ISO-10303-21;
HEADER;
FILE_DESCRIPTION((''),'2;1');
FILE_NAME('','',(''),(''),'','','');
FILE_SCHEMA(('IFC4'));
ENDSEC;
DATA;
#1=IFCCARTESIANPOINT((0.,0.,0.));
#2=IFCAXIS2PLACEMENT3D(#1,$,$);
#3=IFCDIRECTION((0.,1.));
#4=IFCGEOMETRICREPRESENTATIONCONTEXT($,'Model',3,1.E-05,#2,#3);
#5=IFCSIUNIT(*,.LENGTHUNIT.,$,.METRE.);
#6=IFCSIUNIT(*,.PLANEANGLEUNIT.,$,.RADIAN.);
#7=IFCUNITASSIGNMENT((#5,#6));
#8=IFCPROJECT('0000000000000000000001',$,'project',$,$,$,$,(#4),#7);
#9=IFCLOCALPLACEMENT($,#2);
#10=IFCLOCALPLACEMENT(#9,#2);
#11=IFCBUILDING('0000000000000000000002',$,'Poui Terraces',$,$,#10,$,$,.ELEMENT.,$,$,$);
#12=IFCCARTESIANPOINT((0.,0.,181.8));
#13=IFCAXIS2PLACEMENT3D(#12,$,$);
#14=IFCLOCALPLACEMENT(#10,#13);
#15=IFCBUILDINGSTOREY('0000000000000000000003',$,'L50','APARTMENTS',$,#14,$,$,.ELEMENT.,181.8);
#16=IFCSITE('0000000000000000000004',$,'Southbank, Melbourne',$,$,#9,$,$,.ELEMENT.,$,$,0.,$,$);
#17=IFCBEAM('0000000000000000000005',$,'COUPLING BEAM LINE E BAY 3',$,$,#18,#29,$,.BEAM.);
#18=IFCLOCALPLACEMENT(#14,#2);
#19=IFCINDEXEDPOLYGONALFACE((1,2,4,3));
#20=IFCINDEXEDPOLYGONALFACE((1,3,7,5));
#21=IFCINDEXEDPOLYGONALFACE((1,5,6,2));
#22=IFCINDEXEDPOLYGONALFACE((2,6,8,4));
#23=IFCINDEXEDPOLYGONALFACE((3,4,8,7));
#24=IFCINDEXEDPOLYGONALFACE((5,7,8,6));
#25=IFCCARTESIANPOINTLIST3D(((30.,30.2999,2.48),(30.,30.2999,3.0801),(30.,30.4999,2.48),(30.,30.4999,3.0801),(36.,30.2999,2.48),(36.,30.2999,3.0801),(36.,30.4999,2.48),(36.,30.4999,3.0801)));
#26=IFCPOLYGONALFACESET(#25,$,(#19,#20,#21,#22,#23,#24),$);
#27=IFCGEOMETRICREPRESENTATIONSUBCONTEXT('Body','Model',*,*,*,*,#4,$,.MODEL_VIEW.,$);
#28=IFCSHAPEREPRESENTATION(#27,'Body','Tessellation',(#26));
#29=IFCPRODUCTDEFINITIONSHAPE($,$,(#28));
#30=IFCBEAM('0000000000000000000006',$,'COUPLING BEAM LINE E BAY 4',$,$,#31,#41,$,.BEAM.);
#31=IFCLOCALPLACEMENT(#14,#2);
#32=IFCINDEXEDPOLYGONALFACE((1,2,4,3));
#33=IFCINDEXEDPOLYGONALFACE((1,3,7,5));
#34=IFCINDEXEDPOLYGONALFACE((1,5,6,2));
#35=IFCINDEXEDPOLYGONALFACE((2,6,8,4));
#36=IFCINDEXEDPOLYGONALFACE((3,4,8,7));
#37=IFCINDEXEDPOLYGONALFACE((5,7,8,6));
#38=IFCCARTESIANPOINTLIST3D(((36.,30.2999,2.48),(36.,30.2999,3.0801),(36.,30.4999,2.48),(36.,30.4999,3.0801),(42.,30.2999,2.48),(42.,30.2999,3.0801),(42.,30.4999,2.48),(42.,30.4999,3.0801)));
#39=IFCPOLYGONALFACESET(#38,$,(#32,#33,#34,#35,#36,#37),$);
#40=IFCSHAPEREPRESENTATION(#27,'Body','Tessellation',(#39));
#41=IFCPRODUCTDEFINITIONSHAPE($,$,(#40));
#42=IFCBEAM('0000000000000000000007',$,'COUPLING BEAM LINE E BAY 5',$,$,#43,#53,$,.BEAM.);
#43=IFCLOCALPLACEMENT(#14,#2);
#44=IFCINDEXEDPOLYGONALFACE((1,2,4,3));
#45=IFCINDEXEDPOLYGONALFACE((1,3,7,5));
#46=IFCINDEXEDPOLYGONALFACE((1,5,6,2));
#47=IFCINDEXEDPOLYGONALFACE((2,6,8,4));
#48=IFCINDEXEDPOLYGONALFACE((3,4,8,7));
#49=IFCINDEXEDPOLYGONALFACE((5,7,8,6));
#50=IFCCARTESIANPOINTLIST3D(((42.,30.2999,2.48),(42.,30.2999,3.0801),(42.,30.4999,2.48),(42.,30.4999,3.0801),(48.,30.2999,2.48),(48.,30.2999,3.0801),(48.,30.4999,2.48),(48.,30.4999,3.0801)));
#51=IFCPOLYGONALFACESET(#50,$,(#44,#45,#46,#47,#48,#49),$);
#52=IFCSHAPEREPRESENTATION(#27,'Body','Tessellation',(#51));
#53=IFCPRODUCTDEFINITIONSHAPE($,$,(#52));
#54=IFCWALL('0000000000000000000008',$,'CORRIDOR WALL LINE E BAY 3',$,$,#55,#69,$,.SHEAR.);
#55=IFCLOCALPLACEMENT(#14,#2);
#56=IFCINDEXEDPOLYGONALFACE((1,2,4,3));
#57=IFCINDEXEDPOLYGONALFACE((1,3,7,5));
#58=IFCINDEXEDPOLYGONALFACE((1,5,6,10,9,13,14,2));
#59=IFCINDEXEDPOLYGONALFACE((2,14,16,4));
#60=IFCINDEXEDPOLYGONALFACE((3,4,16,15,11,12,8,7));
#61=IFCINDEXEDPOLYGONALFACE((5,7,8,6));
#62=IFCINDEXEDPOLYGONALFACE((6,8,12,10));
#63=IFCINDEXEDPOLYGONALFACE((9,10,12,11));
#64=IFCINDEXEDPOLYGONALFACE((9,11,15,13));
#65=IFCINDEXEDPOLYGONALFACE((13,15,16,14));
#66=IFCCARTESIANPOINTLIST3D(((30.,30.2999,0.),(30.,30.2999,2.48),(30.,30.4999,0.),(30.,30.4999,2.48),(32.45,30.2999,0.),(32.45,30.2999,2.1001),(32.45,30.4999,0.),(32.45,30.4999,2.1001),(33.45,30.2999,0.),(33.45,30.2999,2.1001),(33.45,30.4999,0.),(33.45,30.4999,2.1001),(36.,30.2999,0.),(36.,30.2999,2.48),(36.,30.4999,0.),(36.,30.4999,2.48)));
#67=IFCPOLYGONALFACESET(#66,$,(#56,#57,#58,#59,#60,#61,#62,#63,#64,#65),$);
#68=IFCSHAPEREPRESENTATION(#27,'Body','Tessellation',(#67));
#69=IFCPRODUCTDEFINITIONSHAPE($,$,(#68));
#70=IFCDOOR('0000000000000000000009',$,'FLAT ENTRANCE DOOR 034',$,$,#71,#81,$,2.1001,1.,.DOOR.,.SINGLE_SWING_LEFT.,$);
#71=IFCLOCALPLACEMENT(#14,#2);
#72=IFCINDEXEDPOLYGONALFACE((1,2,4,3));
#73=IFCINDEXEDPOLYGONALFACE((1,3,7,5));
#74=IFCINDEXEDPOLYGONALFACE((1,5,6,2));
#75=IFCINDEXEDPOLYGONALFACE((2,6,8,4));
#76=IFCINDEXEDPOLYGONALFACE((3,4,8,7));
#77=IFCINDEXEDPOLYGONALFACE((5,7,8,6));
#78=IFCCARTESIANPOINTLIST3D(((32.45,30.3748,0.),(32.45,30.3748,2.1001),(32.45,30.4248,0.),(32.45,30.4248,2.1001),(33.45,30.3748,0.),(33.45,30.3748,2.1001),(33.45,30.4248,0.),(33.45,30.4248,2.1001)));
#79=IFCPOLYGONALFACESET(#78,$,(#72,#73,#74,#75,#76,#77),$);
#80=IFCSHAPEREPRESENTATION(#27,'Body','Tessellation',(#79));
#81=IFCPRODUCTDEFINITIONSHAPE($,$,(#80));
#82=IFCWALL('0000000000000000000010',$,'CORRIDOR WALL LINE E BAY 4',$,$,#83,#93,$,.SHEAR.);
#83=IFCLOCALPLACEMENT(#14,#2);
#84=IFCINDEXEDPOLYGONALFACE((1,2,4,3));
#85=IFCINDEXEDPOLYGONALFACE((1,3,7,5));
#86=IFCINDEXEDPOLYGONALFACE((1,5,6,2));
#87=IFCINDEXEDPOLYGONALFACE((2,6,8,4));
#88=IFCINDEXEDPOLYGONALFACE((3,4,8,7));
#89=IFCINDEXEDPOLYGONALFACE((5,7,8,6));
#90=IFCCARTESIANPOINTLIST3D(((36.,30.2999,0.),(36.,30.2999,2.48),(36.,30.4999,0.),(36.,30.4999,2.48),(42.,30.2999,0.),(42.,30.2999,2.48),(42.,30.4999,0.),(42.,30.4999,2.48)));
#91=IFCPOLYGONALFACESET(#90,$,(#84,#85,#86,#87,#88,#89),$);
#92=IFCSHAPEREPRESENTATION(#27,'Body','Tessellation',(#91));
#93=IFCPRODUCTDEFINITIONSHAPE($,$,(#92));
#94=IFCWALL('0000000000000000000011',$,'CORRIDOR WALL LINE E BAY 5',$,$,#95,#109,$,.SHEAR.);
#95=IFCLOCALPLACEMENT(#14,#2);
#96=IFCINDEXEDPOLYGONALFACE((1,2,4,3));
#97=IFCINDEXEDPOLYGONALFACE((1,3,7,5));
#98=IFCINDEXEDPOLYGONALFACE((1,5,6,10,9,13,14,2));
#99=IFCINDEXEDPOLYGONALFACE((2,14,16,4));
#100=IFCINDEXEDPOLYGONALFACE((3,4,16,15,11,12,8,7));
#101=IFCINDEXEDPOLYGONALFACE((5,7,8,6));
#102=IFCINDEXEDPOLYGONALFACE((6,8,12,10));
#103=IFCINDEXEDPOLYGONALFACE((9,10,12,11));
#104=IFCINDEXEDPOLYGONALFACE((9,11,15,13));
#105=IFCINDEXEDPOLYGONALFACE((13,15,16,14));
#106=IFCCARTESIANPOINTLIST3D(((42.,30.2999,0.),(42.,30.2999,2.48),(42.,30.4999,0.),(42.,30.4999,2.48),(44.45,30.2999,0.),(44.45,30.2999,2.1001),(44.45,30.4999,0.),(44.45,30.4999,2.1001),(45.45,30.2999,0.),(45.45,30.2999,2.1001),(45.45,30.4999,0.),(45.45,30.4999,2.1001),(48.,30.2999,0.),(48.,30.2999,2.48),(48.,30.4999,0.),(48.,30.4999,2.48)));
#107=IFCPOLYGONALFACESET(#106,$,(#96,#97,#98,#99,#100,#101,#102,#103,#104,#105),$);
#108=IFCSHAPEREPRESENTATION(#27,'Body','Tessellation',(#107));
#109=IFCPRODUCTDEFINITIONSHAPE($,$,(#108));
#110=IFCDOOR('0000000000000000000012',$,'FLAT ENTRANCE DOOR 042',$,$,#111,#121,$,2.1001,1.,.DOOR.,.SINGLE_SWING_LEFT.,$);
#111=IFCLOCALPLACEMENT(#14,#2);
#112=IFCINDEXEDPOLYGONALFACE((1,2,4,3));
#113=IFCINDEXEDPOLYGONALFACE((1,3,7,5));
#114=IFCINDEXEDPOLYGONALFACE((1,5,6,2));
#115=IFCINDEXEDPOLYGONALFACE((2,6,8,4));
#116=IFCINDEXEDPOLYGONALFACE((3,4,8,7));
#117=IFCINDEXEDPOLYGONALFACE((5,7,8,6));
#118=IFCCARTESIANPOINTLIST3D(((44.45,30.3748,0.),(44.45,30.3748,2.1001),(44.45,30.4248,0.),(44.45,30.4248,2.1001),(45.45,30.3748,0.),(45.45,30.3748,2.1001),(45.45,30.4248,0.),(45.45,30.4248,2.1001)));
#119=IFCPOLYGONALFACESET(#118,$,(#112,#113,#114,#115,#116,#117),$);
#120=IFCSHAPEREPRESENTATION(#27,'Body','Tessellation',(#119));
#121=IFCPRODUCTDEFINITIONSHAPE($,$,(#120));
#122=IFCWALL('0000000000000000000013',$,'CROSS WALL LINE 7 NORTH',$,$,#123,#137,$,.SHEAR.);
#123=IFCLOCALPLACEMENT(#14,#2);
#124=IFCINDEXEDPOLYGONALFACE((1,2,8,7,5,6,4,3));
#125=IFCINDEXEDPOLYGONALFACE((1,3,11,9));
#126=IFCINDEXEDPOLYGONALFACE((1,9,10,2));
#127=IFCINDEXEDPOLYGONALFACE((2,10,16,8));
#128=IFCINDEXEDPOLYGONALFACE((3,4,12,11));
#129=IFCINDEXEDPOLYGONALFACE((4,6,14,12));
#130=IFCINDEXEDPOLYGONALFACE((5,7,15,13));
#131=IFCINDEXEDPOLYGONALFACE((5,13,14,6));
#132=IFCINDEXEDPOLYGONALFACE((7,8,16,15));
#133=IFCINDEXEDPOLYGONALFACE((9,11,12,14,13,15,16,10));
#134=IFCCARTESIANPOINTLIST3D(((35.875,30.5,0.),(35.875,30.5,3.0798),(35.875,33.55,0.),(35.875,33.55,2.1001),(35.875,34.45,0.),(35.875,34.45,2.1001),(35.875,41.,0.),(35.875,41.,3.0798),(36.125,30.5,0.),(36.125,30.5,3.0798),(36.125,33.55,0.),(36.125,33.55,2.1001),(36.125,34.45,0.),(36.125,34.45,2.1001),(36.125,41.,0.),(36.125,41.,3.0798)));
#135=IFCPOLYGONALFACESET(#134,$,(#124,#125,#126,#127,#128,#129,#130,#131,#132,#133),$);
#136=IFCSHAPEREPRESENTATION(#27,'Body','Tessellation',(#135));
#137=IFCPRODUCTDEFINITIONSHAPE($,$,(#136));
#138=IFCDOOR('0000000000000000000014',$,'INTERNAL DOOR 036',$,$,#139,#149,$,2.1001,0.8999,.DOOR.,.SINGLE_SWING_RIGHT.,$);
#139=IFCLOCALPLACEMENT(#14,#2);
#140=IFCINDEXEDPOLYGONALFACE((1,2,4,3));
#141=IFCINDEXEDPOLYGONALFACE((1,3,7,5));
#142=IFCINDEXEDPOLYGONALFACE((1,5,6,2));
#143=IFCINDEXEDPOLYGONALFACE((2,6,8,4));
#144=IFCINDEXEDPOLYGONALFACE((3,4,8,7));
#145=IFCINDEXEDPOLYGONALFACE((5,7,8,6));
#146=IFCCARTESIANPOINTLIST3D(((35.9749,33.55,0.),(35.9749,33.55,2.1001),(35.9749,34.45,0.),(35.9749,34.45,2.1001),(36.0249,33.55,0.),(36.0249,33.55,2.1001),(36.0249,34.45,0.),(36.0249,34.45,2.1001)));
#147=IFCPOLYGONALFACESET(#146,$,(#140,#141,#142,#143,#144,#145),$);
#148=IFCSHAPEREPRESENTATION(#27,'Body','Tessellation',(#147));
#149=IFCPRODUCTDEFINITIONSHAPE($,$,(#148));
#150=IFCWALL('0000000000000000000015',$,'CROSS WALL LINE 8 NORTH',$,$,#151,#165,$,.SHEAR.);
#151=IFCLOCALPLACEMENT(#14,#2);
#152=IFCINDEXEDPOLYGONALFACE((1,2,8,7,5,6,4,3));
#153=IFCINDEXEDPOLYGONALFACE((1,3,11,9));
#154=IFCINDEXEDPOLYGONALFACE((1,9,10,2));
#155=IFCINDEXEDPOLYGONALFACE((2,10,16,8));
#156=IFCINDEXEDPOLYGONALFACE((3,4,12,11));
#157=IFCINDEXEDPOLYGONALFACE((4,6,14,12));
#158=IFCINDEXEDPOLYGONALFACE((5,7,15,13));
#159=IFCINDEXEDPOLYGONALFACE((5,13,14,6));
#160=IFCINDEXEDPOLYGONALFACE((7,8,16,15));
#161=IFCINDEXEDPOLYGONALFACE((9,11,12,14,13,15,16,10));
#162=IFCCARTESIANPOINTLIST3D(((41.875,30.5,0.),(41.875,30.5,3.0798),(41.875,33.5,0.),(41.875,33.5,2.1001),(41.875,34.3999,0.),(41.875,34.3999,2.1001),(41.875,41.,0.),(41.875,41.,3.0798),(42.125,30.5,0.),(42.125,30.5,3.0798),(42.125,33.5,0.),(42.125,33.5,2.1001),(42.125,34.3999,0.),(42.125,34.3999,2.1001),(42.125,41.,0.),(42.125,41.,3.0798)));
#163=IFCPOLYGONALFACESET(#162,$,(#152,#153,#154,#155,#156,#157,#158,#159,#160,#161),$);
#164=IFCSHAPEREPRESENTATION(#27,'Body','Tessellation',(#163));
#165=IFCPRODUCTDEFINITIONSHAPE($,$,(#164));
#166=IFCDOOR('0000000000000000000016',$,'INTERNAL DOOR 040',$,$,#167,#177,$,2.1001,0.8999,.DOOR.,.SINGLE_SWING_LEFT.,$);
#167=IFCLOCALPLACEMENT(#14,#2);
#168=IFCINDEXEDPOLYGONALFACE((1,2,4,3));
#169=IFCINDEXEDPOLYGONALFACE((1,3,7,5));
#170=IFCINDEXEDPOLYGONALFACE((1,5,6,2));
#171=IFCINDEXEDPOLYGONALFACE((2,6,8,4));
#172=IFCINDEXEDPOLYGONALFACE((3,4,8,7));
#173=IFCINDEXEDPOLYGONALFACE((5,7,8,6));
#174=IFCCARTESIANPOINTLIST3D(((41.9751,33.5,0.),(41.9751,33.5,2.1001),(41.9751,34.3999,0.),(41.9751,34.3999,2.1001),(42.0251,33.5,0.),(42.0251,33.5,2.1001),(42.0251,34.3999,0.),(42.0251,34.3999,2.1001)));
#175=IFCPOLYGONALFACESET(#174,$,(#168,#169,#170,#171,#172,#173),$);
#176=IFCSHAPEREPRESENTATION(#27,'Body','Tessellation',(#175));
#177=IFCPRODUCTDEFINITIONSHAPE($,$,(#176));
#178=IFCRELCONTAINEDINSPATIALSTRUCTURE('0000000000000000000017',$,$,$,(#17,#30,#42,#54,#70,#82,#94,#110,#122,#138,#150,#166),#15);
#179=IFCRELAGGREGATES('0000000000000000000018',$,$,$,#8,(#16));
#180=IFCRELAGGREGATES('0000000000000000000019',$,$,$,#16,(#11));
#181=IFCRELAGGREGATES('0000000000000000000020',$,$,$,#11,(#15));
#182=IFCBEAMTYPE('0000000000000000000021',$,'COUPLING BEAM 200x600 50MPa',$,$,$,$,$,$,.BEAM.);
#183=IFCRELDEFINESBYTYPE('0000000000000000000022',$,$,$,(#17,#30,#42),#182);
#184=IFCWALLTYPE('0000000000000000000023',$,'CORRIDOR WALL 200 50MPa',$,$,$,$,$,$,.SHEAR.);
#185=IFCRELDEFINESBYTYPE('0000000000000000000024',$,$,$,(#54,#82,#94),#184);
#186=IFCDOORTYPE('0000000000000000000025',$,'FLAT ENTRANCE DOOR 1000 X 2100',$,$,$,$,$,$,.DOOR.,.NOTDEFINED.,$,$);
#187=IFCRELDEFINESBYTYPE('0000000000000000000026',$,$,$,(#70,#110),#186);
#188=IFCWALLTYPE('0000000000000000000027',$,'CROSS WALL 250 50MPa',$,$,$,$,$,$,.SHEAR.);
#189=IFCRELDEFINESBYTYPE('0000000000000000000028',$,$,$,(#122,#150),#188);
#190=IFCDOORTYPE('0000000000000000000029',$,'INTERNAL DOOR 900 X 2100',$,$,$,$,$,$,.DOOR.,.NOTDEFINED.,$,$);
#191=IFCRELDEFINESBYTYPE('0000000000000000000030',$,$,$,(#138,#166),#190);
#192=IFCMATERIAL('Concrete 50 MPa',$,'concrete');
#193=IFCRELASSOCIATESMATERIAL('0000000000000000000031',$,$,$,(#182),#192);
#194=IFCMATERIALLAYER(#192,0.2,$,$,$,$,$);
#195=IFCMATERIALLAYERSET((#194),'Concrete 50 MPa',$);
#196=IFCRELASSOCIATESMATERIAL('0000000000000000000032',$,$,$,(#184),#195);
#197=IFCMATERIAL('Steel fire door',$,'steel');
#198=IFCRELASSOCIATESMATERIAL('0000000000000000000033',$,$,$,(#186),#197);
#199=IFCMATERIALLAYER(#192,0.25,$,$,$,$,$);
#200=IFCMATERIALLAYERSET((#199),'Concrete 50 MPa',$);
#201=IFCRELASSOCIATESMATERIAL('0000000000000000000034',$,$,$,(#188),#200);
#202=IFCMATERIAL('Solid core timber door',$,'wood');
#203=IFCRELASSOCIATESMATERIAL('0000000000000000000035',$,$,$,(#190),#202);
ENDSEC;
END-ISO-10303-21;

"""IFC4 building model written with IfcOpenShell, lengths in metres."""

from ifc_helpers import new_model, si_unit, direction, frame, frame_2d, origin, origin_2d, place, context, subcontext, project, spatial, rectangle, extrude, source, transform, mapped, material, layer, layer_set, material_profile, profile_set, type_object, element, fill, save


model = new_model("IFC4")

# Units and contexts
model_context = context("Model", 3, precision=1e-05, world=origin(), true_north=direction((0.0, 1.0)))
body_context = subcontext(model_context, "Body", "Model", "MODEL_VIEW")
ifc_project = project(units=[si_unit("LENGTHUNIT", "METRE"), si_unit("PLANEANGLEUNIT", "RADIAN")], contexts=[model_context])

# Site, building, storey
site_placement = place(None, origin())
site = spatial("IfcSite", under=ifc_project, at=site_placement, Name="Southbank, Melbourne", CompositionType="ELEMENT", RefElevation=0.0)
building_placement = place(site_placement, origin())
building = spatial("IfcBuilding", under=site, at=building_placement, Name="Poui Terraces", CompositionType="ELEMENT")
storey_placement = place(building_placement, frame((0.0, 0.0, 181.8)))
storey = spatial("IfcBuildingStorey", under=building, at=storey_placement, Name="L50", Description="APARTMENTS", CompositionType="ELEMENT", Elevation=181.8)

# Beams
ifc_material_1 = material(Name="Concrete 50 MPa", Category="concrete")
ifc_material_profile = material_profile(ifc_material_1, rectangle(XDim=0.2, YDim=0.6001, at=origin_2d()), Name="RC 200x600")
ifc_profile_set = profile_set([ifc_material_profile], Name="Concrete 50 MPa")
beam_type = type_object("IfcBeamType", Name="COUPLING BEAM 200x600 50MPa", PredefinedType="BEAM", material=ifc_profile_set)
shared_shape = source(origin(), body_context, "Body", "SweptSolid", [
    extrude(rectangle(XDim=0.2, YDim=0.6001, at=origin_2d()), origin(), (0.0, 0.0, 1.0), 6.0),
])
for number, where, z_axis, x_axis, name in (
    (1, (30.0, 30.3999, 2.78), (1.0, 0.0, 0.0), (0.0, 1.0, 0.0), "COUPLING BEAM LINE E BAY 3"),
    (2, (36.0, 30.3999, 2.78), (1.0, 0.0, 0.0), (0.0, 1.0, 0.0), "COUPLING BEAM LINE E BAY 4"),
    (3, (42.0, 30.3999, 2.78), (1.0, 0.0, 0.0), (0.0, 1.0, 0.0), "COUPLING BEAM LINE E BAY 5"),
):
    element("IfcBeam", number, at=place(storey_placement, frame(where, z_axis=z_axis, x_axis=x_axis)), inside=storey, type_object=beam_type, Name=name, PredefinedType="BEAM", context=body_context, shape_type="MappedRepresentation", body=[
        mapped(shared_shape, transform((0.0, 0.0, 0.0))),
    ])

# Wall, opening, door
ifc_layer_1 = layer(ifc_material_1, 0.2)
ifc_layer_set_1 = layer_set([ifc_layer_1], Name="Concrete 50 MPa")
wall_type_1 = type_object("IfcWallType", Name="CORRIDOR WALL 200 50MPa", PredefinedType="SHEAR", material=ifc_layer_set_1)
wall_1_placement = place(storey_placement, frame((30.0, 30.3999, 0.0), z_axis=(0.0, 0.0, 1.0), x_axis=(1.0, 0.0, 0.0)))
wall_1 = element("IfcWall", 4, at=wall_1_placement, inside=storey, type_object=wall_type_1, Name="CORRIDOR WALL LINE E BAY 3", PredefinedType="SHEAR", context=body_context, shape_type="SweptSolid", body=[
    extrude(rectangle(XDim=6.0, YDim=0.2, at=frame_2d((3.0, 0.0))), origin(), (0.0, 0.0, 1.0), 2.48),
])
opening_1_placement = place(wall_1_placement, frame((2.45, 0.0, 0.0)))
opening_1 = element("IfcOpeningElement", 5, at=opening_1_placement, cuts=wall_1, PredefinedType="OPENING", context=body_context, shape_type="SweptSolid", body=[
    extrude(rectangle(XDim=1.0, YDim=2.1001, at=frame_2d((0.5, 1.05))), frame((0.0, 0.1099, 0.0), z_axis=(0.0, -1.0, 0.0), x_axis=(1.0, 0.0, 0.0)), (0.0, 0.0, 1.0), 0.22),
])
ifc_material_2 = material(Name="Steel fire door", Category="steel")
door_type_1 = type_object("IfcDoorType", Name="FLAT ENTRANCE DOOR 1000 X 2100", OperationType="NOTDEFINED", PredefinedType="DOOR", material=ifc_material_2)
door_1_placement = place(opening_1_placement, origin())
door_1 = element("IfcDoor", 6, at=door_1_placement, inside=storey, type_object=door_type_1, Name="FLAT ENTRANCE DOOR 034", OperationType="SINGLE_SWING_LEFT", OverallHeight=2.1001, OverallWidth=1.0, PredefinedType="DOOR", context=body_context, shape_type="SweptSolid", body=[
    extrude(rectangle(XDim=1.0, YDim=2.1001, at=frame_2d((0.5, 1.05))), frame((0.0, 0.0249, 0.0), z_axis=(0.0, -1.0, 0.0), x_axis=(1.0, 0.0, 0.0)), (0.0, 0.0, 1.0), 0.05),
])
fill(opening_1, door_1)

# Wall
wall_2_placement = place(storey_placement, frame((36.0, 30.3999, 0.0), z_axis=(0.0, 0.0, 1.0), x_axis=(1.0, 0.0, 0.0)))
element("IfcWall", 7, at=wall_2_placement, inside=storey, type_object=wall_type_1, Name="CORRIDOR WALL LINE E BAY 4", PredefinedType="SHEAR", context=body_context, shape_type="SweptSolid", body=[
    extrude(rectangle(XDim=6.0, YDim=0.2, at=frame_2d((3.0, 0.0))), origin(), (0.0, 0.0, 1.0), 2.48),
])

# Walls, openings, doors
wall_3_placement = place(storey_placement, frame((42.0, 30.3999, 0.0), z_axis=(0.0, 0.0, 1.0), x_axis=(1.0, 0.0, 0.0)))
wall_3 = element("IfcWall", 8, at=wall_3_placement, inside=storey, type_object=wall_type_1, Name="CORRIDOR WALL LINE E BAY 5", PredefinedType="SHEAR", context=body_context, shape_type="SweptSolid", body=[
    extrude(rectangle(XDim=6.0, YDim=0.2, at=frame_2d((3.0, 0.0))), origin(), (0.0, 0.0, 1.0), 2.48),
])
opening_2_placement = place(wall_3_placement, frame((2.45, 0.0, 0.0)))
opening_2 = element("IfcOpeningElement", 9, at=opening_2_placement, cuts=wall_3, PredefinedType="OPENING", context=body_context, shape_type="SweptSolid", body=[
    extrude(rectangle(XDim=1.0, YDim=2.1001, at=frame_2d((0.5, 1.05))), frame((0.0, 0.1099, 0.0), z_axis=(0.0, -1.0, 0.0), x_axis=(1.0, 0.0, 0.0)), (0.0, 0.0, 1.0), 0.22),
])
door_2_placement = place(opening_2_placement, origin())
door_2 = element("IfcDoor", 10, at=door_2_placement, inside=storey, type_object=door_type_1, Name="FLAT ENTRANCE DOOR 042", OperationType="SINGLE_SWING_LEFT", OverallHeight=2.1001, OverallWidth=1.0, PredefinedType="DOOR", context=body_context, shape_type="SweptSolid", body=[
    extrude(rectangle(XDim=1.0, YDim=2.1001, at=frame_2d((0.5, 1.05))), frame((0.0, 0.0249, 0.0), z_axis=(0.0, -1.0, 0.0), x_axis=(1.0, 0.0, 0.0)), (0.0, 0.0, 1.0), 0.05),
])
fill(opening_2, door_2)
ifc_layer_2 = layer(ifc_material_1, 0.25)
ifc_layer_set_2 = layer_set([ifc_layer_2], Name="Concrete 50 MPa")
wall_type_2 = type_object("IfcWallType", Name="CROSS WALL 250 50MPa", PredefinedType="SHEAR", material=ifc_layer_set_2)
wall_4_placement = place(storey_placement, frame((36.0, 30.5, 0.0), z_axis=(0.0, 0.0, 1.0), x_axis=(0.0, 1.0, 0.0)))
wall_4 = element("IfcWall", 11, at=wall_4_placement, inside=storey, type_object=wall_type_2, Name="CROSS WALL LINE 7 NORTH", PredefinedType="SHEAR", context=body_context, shape_type="SweptSolid", body=[
    extrude(rectangle(XDim=10.5, YDim=0.25, at=frame_2d((5.25, 0.0))), origin(), (0.0, 0.0, 1.0), 3.0798),
])
opening_3_placement = place(wall_4_placement, frame((3.05, 0.0, 0.0)))
opening_3 = element("IfcOpeningElement", 12, at=opening_3_placement, cuts=wall_4, PredefinedType="OPENING", context=body_context, shape_type="SweptSolid", body=[
    extrude(rectangle(XDim=0.8999, YDim=2.1001, at=frame_2d((0.45, 1.05))), frame((0.0, 0.135, 0.0), z_axis=(0.0, -1.0, 0.0), x_axis=(1.0, 0.0, 0.0)), (0.0, 0.0, 1.0), 0.27),
])
ifc_material_3 = material(Name="Solid core timber door", Category="wood")
door_type_2 = type_object("IfcDoorType", Name="INTERNAL DOOR 900 X 2100", OperationType="NOTDEFINED", PredefinedType="DOOR", material=ifc_material_3)
door_3_placement = place(opening_3_placement, frame((0.8999, 0.0, 0.0), z_axis=(0.0, 0.0, 1.0), x_axis=(-1.0, 0.0, 0.0)))
door_3 = element("IfcDoor", 13, at=door_3_placement, inside=storey, type_object=door_type_2, Name="INTERNAL DOOR 036", OperationType="SINGLE_SWING_RIGHT", OverallHeight=2.1001, OverallWidth=0.8999, PredefinedType="DOOR", context=body_context, shape_type="SweptSolid", body=[
    extrude(rectangle(XDim=0.8999, YDim=2.1001, at=frame_2d((0.45, 1.05))), frame((0.0, 0.0249, 0.0), z_axis=(0.0, -1.0, 0.0), x_axis=(1.0, 0.0, 0.0)), (0.0, 0.0, 1.0), 0.05),
])
fill(opening_3, door_3)
wall_5_placement = place(storey_placement, frame((42.0, 30.5, 0.0), z_axis=(0.0, 0.0, 1.0), x_axis=(0.0, 1.0, 0.0)))
wall_5 = element("IfcWall", 14, at=wall_5_placement, inside=storey, type_object=wall_type_2, Name="CROSS WALL LINE 8 NORTH", PredefinedType="SHEAR", context=body_context, shape_type="SweptSolid", body=[
    extrude(rectangle(XDim=10.5, YDim=0.25, at=frame_2d((5.25, 0.0))), origin(), (0.0, 0.0, 1.0), 3.0798),
])
opening_4_placement = place(wall_5_placement, frame((3.0, 0.0, 0.0)))
opening_4 = element("IfcOpeningElement", 15, at=opening_4_placement, cuts=wall_5, PredefinedType="OPENING", context=body_context, shape_type="SweptSolid", body=[
    extrude(rectangle(XDim=0.8999, YDim=2.1001, at=frame_2d((0.45, 1.05))), frame((0.0, 0.135, 0.0), z_axis=(0.0, -1.0, 0.0), x_axis=(1.0, 0.0, 0.0)), (0.0, 0.0, 1.0), 0.27),
])
door_4_placement = place(opening_4_placement, origin())
door_4 = element("IfcDoor", 16, at=door_4_placement, inside=storey, type_object=door_type_2, Name="INTERNAL DOOR 040", OperationType="SINGLE_SWING_LEFT", OverallHeight=2.1001, OverallWidth=0.8999, PredefinedType="DOOR", context=body_context, shape_type="SweptSolid", body=[
    extrude(rectangle(XDim=0.8999, YDim=2.1001, at=frame_2d((0.45, 1.05))), frame((0.0, 0.0249, 0.0), z_axis=(0.0, -1.0, 0.0), x_axis=(1.0, 0.0, 0.0)), (0.0, 0.0, 1.0), 0.05),
])
fill(opening_4, door_4)

save(model, "model.ifc")
